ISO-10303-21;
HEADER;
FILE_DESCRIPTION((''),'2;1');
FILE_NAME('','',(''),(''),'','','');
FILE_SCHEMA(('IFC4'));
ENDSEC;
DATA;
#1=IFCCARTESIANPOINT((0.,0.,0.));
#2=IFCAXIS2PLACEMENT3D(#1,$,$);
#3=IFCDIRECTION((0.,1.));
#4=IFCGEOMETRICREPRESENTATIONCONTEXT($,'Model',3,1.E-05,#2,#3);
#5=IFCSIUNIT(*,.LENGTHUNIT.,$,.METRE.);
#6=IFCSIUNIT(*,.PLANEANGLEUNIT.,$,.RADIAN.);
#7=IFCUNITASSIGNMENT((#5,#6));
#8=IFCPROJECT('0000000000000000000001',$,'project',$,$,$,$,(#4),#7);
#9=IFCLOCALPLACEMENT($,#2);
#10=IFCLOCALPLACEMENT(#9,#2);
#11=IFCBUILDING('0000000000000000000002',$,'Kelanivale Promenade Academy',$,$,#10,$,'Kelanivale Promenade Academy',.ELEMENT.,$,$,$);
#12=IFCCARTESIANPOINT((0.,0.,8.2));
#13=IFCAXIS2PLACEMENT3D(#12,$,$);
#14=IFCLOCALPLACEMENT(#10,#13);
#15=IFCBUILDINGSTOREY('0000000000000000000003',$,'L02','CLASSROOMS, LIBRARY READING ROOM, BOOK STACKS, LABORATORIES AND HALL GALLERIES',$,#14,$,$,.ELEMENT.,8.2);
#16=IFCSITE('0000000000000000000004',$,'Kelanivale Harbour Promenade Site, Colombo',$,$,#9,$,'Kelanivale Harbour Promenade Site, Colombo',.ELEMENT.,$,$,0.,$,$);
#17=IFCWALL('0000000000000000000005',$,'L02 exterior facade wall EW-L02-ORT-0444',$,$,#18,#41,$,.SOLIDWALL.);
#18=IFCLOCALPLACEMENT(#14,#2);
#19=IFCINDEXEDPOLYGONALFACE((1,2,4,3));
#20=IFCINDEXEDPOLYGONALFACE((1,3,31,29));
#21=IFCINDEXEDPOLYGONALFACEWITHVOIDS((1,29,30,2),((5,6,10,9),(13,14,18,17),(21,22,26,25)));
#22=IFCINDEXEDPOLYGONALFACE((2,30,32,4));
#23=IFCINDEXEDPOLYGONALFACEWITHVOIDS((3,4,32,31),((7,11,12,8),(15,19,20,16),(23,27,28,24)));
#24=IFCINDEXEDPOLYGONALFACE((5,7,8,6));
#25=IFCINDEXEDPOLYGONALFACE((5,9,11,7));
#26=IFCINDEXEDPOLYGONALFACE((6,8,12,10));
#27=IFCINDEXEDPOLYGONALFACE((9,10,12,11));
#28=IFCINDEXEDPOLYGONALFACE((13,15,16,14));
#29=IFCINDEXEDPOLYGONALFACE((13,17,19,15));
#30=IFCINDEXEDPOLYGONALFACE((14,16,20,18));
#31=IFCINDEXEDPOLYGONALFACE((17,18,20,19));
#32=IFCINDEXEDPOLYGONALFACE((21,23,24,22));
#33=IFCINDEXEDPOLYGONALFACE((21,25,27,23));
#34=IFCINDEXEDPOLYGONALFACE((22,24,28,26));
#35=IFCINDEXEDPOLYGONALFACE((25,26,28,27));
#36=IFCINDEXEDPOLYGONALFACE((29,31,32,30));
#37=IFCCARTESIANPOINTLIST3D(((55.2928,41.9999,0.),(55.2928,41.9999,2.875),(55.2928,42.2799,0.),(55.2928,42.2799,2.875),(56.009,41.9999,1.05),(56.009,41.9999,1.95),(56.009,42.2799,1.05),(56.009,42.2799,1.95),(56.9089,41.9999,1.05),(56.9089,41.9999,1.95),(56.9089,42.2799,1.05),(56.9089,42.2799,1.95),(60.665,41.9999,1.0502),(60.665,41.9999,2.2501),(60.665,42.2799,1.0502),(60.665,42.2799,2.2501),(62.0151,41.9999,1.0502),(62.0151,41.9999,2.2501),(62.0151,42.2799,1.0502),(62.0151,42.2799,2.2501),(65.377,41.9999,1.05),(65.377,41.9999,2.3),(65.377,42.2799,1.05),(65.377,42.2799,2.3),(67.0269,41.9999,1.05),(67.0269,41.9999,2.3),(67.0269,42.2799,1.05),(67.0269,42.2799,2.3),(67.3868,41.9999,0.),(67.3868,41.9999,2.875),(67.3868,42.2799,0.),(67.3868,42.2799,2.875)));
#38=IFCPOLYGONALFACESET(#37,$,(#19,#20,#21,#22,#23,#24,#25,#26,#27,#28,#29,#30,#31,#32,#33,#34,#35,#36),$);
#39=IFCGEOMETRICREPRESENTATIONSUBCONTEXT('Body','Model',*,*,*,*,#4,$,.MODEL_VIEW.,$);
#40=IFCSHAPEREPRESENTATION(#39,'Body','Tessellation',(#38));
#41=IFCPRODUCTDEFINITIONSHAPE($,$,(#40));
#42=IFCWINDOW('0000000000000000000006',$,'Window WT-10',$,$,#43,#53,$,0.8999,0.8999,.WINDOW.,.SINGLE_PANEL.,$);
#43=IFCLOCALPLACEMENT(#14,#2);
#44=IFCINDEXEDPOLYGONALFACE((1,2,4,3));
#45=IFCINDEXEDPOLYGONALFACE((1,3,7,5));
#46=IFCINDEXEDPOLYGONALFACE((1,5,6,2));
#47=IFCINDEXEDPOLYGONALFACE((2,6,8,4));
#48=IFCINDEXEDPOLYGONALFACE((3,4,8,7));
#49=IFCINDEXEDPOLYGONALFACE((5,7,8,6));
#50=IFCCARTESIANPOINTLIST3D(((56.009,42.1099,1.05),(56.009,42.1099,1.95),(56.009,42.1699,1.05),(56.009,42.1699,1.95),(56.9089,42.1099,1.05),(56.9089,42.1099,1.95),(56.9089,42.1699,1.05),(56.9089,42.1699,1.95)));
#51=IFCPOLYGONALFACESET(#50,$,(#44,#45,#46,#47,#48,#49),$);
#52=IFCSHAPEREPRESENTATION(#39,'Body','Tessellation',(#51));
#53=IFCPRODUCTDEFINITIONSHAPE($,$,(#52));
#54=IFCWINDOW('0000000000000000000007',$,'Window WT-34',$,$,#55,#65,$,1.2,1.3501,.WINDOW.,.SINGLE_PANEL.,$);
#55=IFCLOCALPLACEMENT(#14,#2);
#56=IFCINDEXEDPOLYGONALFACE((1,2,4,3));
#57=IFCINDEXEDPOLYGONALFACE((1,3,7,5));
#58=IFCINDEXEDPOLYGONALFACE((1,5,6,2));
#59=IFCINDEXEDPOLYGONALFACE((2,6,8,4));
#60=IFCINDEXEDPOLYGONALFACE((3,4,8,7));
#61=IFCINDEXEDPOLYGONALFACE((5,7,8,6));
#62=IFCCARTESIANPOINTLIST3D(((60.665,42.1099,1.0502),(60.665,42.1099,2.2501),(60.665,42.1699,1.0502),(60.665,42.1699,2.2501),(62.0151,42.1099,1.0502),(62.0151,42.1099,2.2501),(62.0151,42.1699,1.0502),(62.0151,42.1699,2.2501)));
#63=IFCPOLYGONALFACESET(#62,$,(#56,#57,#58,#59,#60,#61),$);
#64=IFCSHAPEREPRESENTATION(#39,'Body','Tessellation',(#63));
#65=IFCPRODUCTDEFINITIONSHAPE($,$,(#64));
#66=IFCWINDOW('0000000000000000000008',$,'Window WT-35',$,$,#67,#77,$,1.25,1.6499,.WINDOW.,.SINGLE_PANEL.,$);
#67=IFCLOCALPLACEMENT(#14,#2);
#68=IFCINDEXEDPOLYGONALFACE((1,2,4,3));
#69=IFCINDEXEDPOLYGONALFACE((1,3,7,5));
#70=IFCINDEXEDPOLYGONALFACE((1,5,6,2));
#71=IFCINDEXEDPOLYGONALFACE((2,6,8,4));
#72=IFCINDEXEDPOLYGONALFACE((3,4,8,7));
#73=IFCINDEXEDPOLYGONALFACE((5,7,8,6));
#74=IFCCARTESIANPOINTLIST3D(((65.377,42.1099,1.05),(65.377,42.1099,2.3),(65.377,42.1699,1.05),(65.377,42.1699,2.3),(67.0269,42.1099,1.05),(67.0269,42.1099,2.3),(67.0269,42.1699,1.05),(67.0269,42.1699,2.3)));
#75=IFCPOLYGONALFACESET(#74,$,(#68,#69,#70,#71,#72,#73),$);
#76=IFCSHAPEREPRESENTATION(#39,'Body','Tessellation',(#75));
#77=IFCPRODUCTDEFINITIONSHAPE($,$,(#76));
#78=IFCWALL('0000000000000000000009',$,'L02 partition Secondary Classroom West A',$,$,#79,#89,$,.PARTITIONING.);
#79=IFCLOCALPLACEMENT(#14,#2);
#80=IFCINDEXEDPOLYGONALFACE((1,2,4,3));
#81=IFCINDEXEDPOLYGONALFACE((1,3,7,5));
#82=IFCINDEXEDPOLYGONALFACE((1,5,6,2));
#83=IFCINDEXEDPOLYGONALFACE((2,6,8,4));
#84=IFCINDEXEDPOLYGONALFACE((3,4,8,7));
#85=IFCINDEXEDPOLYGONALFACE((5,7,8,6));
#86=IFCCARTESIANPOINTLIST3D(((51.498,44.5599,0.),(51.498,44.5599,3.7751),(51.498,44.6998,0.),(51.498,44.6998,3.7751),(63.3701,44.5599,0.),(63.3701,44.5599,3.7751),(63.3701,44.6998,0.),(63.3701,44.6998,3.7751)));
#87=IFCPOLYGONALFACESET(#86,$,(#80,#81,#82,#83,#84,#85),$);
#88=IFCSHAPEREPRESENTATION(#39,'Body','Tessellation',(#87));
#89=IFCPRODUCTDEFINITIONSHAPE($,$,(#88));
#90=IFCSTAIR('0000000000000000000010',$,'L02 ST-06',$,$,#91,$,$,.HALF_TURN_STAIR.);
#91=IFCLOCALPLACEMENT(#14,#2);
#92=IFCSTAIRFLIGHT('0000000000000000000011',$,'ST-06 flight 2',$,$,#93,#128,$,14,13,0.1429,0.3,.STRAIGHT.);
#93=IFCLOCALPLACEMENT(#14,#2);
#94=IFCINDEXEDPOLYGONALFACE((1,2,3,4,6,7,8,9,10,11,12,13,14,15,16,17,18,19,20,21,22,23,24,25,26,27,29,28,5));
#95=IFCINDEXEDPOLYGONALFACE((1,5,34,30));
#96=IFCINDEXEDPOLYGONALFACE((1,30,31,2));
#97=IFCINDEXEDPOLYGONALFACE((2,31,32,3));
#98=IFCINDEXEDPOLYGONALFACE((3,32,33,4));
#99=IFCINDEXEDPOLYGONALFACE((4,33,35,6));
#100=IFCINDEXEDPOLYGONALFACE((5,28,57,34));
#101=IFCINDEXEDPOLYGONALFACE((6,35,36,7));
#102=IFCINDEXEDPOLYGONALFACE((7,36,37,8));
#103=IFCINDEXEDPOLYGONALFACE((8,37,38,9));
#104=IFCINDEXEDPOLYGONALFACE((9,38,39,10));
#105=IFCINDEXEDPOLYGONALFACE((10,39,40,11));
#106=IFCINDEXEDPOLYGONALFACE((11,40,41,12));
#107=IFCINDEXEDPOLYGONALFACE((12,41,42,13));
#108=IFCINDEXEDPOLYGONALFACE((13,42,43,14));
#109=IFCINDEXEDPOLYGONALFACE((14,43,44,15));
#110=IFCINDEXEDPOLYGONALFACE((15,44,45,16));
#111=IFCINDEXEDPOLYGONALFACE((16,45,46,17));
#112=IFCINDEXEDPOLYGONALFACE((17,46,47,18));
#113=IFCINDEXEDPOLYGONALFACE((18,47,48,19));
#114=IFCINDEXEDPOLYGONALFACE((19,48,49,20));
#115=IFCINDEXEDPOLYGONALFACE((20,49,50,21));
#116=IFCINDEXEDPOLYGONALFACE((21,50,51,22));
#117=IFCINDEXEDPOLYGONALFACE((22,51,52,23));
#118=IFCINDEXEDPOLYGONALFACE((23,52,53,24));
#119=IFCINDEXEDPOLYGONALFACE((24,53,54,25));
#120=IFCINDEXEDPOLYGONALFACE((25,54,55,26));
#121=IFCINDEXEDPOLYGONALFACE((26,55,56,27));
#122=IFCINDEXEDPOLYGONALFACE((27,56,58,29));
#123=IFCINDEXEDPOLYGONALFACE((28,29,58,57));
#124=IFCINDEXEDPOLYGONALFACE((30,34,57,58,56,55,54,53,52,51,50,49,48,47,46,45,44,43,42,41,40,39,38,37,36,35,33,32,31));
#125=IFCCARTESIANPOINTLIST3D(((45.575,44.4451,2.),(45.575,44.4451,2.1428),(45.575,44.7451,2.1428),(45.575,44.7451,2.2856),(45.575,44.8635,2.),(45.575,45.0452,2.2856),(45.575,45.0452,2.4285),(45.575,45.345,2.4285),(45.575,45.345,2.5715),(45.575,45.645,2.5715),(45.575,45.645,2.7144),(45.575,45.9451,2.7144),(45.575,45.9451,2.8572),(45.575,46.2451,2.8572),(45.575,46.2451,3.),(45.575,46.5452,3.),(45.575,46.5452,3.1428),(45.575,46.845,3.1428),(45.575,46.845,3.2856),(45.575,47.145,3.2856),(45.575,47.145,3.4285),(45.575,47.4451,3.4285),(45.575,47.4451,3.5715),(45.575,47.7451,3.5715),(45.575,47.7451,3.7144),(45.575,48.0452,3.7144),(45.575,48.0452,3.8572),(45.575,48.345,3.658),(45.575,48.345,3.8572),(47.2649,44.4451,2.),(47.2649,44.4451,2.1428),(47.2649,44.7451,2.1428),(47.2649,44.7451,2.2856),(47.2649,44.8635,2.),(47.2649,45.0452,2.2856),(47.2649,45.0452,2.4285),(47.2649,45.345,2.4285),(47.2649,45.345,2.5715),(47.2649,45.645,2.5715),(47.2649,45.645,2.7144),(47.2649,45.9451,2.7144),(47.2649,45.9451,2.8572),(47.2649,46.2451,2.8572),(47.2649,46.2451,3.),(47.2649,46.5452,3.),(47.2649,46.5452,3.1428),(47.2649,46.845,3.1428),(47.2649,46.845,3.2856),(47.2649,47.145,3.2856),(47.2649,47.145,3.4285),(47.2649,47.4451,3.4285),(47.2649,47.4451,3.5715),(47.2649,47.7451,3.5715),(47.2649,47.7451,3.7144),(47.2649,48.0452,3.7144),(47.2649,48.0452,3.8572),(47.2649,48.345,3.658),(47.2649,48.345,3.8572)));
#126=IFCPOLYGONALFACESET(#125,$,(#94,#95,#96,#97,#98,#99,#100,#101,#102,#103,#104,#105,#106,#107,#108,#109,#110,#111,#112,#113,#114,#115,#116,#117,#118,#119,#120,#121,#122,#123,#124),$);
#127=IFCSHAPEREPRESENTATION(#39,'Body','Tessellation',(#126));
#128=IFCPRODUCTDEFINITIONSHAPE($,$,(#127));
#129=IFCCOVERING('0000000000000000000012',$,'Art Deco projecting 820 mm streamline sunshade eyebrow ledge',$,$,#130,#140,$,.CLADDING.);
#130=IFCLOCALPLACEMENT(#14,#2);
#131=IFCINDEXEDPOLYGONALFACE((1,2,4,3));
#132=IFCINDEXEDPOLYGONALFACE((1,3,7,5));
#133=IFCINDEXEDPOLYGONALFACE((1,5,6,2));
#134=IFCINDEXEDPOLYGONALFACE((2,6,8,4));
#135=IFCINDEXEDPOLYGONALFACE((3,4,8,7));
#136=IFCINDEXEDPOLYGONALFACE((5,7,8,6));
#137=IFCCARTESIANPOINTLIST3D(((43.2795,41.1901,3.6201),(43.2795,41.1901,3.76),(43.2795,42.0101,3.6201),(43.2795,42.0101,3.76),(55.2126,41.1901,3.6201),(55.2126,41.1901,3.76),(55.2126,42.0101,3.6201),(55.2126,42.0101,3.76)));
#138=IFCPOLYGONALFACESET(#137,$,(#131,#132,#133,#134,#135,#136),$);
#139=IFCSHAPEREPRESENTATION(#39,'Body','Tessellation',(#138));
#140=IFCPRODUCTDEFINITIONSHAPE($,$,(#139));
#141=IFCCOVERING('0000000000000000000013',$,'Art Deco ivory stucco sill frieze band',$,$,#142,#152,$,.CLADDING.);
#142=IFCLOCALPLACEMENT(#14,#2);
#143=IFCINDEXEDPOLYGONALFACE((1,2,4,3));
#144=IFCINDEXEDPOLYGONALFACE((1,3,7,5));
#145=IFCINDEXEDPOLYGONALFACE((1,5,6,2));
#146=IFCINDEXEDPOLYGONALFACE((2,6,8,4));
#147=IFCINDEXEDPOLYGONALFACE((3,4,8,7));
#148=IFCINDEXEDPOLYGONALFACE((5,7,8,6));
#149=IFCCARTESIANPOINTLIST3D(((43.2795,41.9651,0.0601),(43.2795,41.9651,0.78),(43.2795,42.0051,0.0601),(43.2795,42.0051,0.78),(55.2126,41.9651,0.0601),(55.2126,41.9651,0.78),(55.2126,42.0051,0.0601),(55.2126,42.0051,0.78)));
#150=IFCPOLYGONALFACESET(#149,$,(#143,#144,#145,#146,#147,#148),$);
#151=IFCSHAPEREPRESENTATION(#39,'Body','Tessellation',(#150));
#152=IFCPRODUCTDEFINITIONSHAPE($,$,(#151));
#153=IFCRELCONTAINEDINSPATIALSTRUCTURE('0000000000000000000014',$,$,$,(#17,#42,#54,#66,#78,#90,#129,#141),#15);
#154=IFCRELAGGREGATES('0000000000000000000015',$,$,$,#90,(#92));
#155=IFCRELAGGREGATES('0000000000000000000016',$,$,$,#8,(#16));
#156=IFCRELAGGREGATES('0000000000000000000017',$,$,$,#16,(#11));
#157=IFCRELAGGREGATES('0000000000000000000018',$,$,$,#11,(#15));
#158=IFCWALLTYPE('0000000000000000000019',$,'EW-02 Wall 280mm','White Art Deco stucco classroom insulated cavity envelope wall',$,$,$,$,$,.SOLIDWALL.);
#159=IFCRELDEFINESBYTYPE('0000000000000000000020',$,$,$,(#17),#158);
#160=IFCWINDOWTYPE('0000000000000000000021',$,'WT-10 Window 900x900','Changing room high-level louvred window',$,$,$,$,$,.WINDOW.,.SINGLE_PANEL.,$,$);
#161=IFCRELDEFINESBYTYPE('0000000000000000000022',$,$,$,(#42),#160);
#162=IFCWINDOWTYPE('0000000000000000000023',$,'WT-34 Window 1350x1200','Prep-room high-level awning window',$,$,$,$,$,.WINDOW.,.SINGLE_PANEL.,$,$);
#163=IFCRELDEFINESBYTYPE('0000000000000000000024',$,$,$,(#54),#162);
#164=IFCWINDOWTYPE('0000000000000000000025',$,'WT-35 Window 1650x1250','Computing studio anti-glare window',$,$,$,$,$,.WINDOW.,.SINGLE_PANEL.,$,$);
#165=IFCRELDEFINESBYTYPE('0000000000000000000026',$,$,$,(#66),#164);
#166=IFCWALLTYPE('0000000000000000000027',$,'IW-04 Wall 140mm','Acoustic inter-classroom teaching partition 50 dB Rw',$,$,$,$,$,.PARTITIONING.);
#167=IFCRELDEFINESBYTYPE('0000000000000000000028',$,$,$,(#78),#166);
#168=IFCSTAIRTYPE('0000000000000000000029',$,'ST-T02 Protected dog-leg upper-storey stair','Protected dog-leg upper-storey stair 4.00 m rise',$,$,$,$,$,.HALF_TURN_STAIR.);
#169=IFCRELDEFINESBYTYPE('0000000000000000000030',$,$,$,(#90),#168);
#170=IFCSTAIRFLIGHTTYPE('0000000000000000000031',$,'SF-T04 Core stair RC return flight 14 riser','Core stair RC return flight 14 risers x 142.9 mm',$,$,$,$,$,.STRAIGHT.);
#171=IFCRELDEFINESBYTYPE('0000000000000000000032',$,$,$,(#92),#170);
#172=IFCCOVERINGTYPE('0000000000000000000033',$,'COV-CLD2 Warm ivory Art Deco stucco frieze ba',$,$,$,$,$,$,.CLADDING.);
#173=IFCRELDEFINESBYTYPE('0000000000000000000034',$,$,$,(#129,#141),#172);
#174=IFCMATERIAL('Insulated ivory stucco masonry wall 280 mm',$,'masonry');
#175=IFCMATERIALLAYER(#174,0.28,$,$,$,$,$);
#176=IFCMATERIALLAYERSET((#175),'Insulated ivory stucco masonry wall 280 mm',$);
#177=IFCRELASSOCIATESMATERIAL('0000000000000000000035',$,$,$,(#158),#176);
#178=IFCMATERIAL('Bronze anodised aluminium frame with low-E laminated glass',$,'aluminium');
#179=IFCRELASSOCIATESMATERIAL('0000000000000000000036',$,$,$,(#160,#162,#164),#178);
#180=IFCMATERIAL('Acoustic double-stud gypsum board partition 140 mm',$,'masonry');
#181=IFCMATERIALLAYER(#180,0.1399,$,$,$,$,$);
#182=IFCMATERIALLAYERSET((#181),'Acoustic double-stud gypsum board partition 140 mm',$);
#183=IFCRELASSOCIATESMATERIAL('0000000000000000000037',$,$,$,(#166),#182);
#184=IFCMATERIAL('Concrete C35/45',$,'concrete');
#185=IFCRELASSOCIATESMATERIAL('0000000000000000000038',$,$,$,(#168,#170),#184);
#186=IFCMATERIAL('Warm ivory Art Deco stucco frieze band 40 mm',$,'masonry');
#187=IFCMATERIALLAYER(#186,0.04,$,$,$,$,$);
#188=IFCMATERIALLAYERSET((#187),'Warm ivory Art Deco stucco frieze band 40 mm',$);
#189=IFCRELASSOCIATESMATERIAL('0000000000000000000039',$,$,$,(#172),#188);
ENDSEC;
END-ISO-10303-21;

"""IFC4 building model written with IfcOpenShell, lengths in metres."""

from ifc_helpers import new_model, si_unit, direction, frame, frame_2d, origin, origin_2d, place, context, subcontext, project, spatial, polyline, rectangle, outline, extrude, material, layer, layer_set, type_object, element, fill, aggregate, save


model = new_model("IFC4")

# Units and contexts
model_context = context("Model", 3, precision=1e-05, world=origin(), true_north=direction((0.0, 1.0)))
body_context = subcontext(model_context, "Body", "Model", "MODEL_VIEW")
ifc_project = project(units=[si_unit("LENGTHUNIT", "METRE"), si_unit("PLANEANGLEUNIT", "RADIAN")], contexts=[model_context])

# Site, building, storey
site_placement = place(None, origin())
site = spatial("IfcSite", under=ifc_project, at=site_placement, Name="Kelanivale Harbour Promenade Site, Colombo", LongName="Kelanivale Harbour Promenade Site, Colombo", CompositionType="ELEMENT", RefElevation=0.0)
building_placement = place(site_placement, origin())
building = spatial("IfcBuilding", under=site, at=building_placement, Name="Kelanivale Promenade Academy", LongName="Kelanivale Promenade Academy", CompositionType="ELEMENT")
storey_placement = place(building_placement, frame((0.0, 0.0, 8.2)))
storey = spatial("IfcBuildingStorey", under=building, at=storey_placement, Name="L02", Description="CLASSROOMS, LIBRARY READING ROOM, BOOK STACKS, LABORATORIES AND HALL GALLERIES", CompositionType="ELEMENT", Elevation=8.2)

# Shared definitions
ifc_material_1 = material(Name="Concrete C35/45", Category="concrete")

# Wall, openings, windows
ifc_material_2 = material(Name="Insulated ivory stucco masonry wall 280 mm", Category="masonry")
ifc_layer_1 = layer(ifc_material_2, 0.28)
ifc_layer_set_1 = layer_set([ifc_layer_1], Name="Insulated ivory stucco masonry wall 280 mm")
wall_type_1 = type_object("IfcWallType", Name="EW-02 Wall 280mm", Description="White Art Deco stucco classroom insulated cavity envelope wall", PredefinedType="SOLIDWALL", material=ifc_layer_set_1)
wall_1_placement = place(storey_placement, frame((55.293, 42.1399, 0.0), z_axis=(0.0, 0.0, 1.0), x_axis=(1.0, 0.0, 0.0)))
wall_1 = element("IfcWall", 1, at=wall_1_placement, inside=storey, type_object=wall_type_1, Name="L02 exterior facade wall EW-L02-ORT-0444", PredefinedType="SOLIDWALL", context=body_context, shape_type="SweptSolid", body=[
    extrude(rectangle(XDim=12.094, YDim=0.28, at=frame_2d((6.0469, 0.0))), origin(), (0.0, 0.0, 1.0), 2.875),
])
opening_1_placement = place(wall_1_placement, frame((0.7161, 0.0, 1.05)))
opening_1 = element("IfcOpeningElement", 2, at=opening_1_placement, cuts=wall_1, PredefinedType="OPENING", context=body_context, shape_type="SweptSolid", body=[
    extrude(rectangle(XDim=0.8999, YDim=0.8999, at=frame_2d((0.45, 0.45))), frame((0.0, 0.1499, 0.0), z_axis=(0.0, -1.0, 0.0), x_axis=(1.0, 0.0, 0.0)), (0.0, 0.0, 1.0), 0.3),
])
opening_2_placement = place(wall_1_placement, frame((5.3721, 0.0, 1.05)))
opening_2 = element("IfcOpeningElement", 3, at=opening_2_placement, cuts=wall_1, PredefinedType="OPENING", context=body_context, shape_type="SweptSolid", body=[
    extrude(rectangle(XDim=1.3501, YDim=1.2, at=frame_2d((0.675, 0.6001))), frame((0.0, 0.1499, 0.0), z_axis=(0.0, -1.0, 0.0), x_axis=(1.0, 0.0, 0.0)), (0.0, 0.0, 1.0), 0.3),
])
opening_3_placement = place(wall_1_placement, frame((10.084, 0.0, 1.05)))
opening_3 = element("IfcOpeningElement", 4, at=opening_3_placement, cuts=wall_1, PredefinedType="OPENING", context=body_context, shape_type="SweptSolid", body=[
    extrude(rectangle(XDim=1.6499, YDim=1.25, at=frame_2d((0.825, 0.625))), frame((0.0, 0.1499, 0.0), z_axis=(0.0, -1.0, 0.0), x_axis=(1.0, 0.0, 0.0)), (0.0, 0.0, 1.0), 0.3),
])
ifc_material_3 = material(Name="Bronze anodised aluminium frame with low-E laminated glass", Category="aluminium")
window_type_1 = type_object("IfcWindowType", Name="WT-10 Window 900x900", Description="Changing room high-level louvred window", PartitioningType="SINGLE_PANEL", PredefinedType="WINDOW", material=ifc_material_3)
window_1_placement = place(opening_1_placement, origin())
window_1 = element("IfcWindow", 5, at=window_1_placement, inside=storey, type_object=window_type_1, Name="Window WT-10", OverallHeight=0.8999, OverallWidth=0.8999, PartitioningType="SINGLE_PANEL", PredefinedType="WINDOW", context=body_context, shape_type="SweptSolid", body=[
    extrude(rectangle(XDim=0.8999, YDim=0.8999, at=frame_2d((0.45, 0.45))), frame((0.0, 0.03, 0.0), z_axis=(0.0, -1.0, 0.0), x_axis=(1.0, 0.0, 0.0)), (0.0, 0.0, 1.0), 0.0601),
])
fill(opening_1, window_1)
window_type_2 = type_object("IfcWindowType", Name="WT-34 Window 1350x1200", Description="Prep-room high-level awning window", PartitioningType="SINGLE_PANEL", PredefinedType="WINDOW", material=ifc_material_3)
window_2_placement = place(opening_2_placement, origin())
window_2 = element("IfcWindow", 6, at=window_2_placement, inside=storey, type_object=window_type_2, Name="Window WT-34", OverallHeight=1.2, OverallWidth=1.3501, PartitioningType="SINGLE_PANEL", PredefinedType="WINDOW", context=body_context, shape_type="SweptSolid", body=[
    extrude(rectangle(XDim=1.3501, YDim=1.2, at=frame_2d((0.675, 0.6001))), frame((0.0, 0.03, 0.0), z_axis=(0.0, -1.0, 0.0), x_axis=(1.0, 0.0, 0.0)), (0.0, 0.0, 1.0), 0.0601),
])
fill(opening_2, window_2)
window_type_3 = type_object("IfcWindowType", Name="WT-35 Window 1650x1250", Description="Computing studio anti-glare window", PartitioningType="SINGLE_PANEL", PredefinedType="WINDOW", material=ifc_material_3)
window_3_placement = place(opening_3_placement, origin())
window_3 = element("IfcWindow", 7, at=window_3_placement, inside=storey, type_object=window_type_3, Name="Window WT-35", OverallHeight=1.25, OverallWidth=1.6499, PartitioningType="SINGLE_PANEL", PredefinedType="WINDOW", context=body_context, shape_type="SweptSolid", body=[
    extrude(rectangle(XDim=1.6499, YDim=1.25, at=frame_2d((0.825, 0.625))), frame((0.0, 0.03, 0.0), z_axis=(0.0, -1.0, 0.0), x_axis=(1.0, 0.0, 0.0)), (0.0, 0.0, 1.0), 0.0601),
])
fill(opening_3, window_3)

# Wall
ifc_material_4 = material(Name="Acoustic double-stud gypsum board partition 140 mm", Category="masonry")
ifc_layer_2 = layer(ifc_material_4, 0.1399)
ifc_layer_set_2 = layer_set([ifc_layer_2], Name="Acoustic double-stud gypsum board partition 140 mm")
wall_type_2 = type_object("IfcWallType", Name="IW-04 Wall 140mm", Description="Acoustic inter-classroom teaching partition 50 dB Rw", PredefinedType="PARTITIONING", material=ifc_layer_set_2)
wall_2_placement = place(storey_placement, frame((51.498, 44.6299, 0.0), z_axis=(0.0, 0.0, 1.0), x_axis=(1.0, 0.0, 0.0)))
element("IfcWall", 8, at=wall_2_placement, inside=storey, type_object=wall_type_2, Name="L02 partition Secondary Classroom West A", PredefinedType="PARTITIONING", context=body_context, shape_type="SweptSolid", body=[
    extrude(rectangle(XDim=11.8721, YDim=0.1399, at=frame_2d((5.936, 0.0))), origin(), (0.0, 0.0, 1.0), 3.7751),
])

# Stair, stair flight
stair_type = type_object("IfcStairType", Name="ST-T02 Protected dog-leg upper-storey stair", Description="Protected dog-leg upper-storey stair 4.00 m rise", PredefinedType="HALF_TURN_STAIR", material=ifc_material_1)
stair_placement = place(storey_placement, origin())
stair = element("IfcStair", 9, at=stair_placement, inside=storey, type_object=stair_type, Name="L02 ST-06", PredefinedType="HALF_TURN_STAIR")
stair_flight_type = type_object("IfcStairFlightType", Name="SF-T04 Core stair RC return flight 14 riser", Description="Core stair RC return flight 14 risers x 142.9 mm", PredefinedType="STRAIGHT", material=ifc_material_1)
stair_flight_placement = place(storey_placement, frame((46.4199, 44.4451, 2.0), z_axis=(0.0, 0.0, 1.0), x_axis=(0.0, 1.0, 0.0)))
stair_flight = element("IfcStairFlight", 10, at=stair_flight_placement, type_object=stair_flight_type, Name="ST-06 flight 2", NumberOfRisers=14, NumberOfTreads=13, PredefinedType="STRAIGHT", RiserHeight=0.1429, TreadLength=0.3, context=body_context, shape_type="SweptSolid", body=[
    extrude(outline(polyline([(0.0, 0.0), (0.0, 0.1428), (0.3, 0.1428), (0.3, 0.2856), (0.6001, 0.2856), (0.6001, 0.4285), (0.8999, 0.4285), (0.8999, 0.5715), (1.2, 0.5715), (1.2, 0.7144), (1.5, 0.7144), (1.5, 0.8572), (1.8, 0.8572), (1.8, 1.0), (2.1001, 1.0), (2.1001, 1.1428), (2.3999, 1.1428), (2.3999, 1.2856), (2.7, 1.2856), (2.7, 1.4285), (3.0, 1.4285), (3.0, 1.5715), (3.3, 1.5715), (3.3, 1.7144), (3.6001, 1.7144), (3.6001, 1.8572), (3.8999, 1.8572), (3.8999, 2.0), (3.8999, 1.658), (0.4185, 0.0), (0.0, 0.0)])), frame((0.0, 0.845, 0.0), z_axis=(0.0, -1.0, 0.0), x_axis=(1.0, 0.0, 0.0)), (0.0, 0.0, 1.0), 1.6899),
])
aggregate(stair, [stair_flight])

# Coverings
ifc_material_5 = material(Name="Warm ivory Art Deco stucco frieze band 40 mm", Category="masonry")
ifc_layer_3 = layer(ifc_material_5, 0.04)
ifc_layer_set_3 = layer_set([ifc_layer_3], Name="Warm ivory Art Deco stucco frieze band 40 mm")
covering_type = type_object("IfcCoveringType", Name="COV-CLD2 Warm ivory Art Deco stucco frieze ba", PredefinedType="CLADDING", material=ifc_layer_set_3)
covering_1_placement = place(storey_placement, frame((49.2461, 41.6001, 3.6201), z_axis=(0.0, 0.0, 1.0), x_axis=(1.0, 0.0, 0.0)))
element("IfcCovering", 11, at=covering_1_placement, inside=storey, type_object=covering_type, Name="Art Deco projecting 820 mm streamline sunshade eyebrow ledge", PredefinedType="CLADDING", context=body_context, shape_type="SweptSolid", body=[
    extrude(rectangle(XDim=11.9331, YDim=0.8201, at=origin_2d()), origin(), (0.0, 0.0, 1.0), 0.1399),
])
covering_2_placement = place(storey_placement, frame((49.2461, 41.9851, 0.0601), z_axis=(0.0, 0.0, 1.0), x_axis=(1.0, 0.0, 0.0)))
element("IfcCovering", 12, at=covering_2_placement, inside=storey, type_object=covering_type, Name="Art Deco ivory stucco sill frieze band", PredefinedType="CLADDING", context=body_context, shape_type="SweptSolid", body=[
    extrude(rectangle(XDim=11.9331, YDim=0.04, at=origin_2d()), origin(), (0.0, 0.0, 1.0), 0.72),
])

save(model, "model.ifc")
